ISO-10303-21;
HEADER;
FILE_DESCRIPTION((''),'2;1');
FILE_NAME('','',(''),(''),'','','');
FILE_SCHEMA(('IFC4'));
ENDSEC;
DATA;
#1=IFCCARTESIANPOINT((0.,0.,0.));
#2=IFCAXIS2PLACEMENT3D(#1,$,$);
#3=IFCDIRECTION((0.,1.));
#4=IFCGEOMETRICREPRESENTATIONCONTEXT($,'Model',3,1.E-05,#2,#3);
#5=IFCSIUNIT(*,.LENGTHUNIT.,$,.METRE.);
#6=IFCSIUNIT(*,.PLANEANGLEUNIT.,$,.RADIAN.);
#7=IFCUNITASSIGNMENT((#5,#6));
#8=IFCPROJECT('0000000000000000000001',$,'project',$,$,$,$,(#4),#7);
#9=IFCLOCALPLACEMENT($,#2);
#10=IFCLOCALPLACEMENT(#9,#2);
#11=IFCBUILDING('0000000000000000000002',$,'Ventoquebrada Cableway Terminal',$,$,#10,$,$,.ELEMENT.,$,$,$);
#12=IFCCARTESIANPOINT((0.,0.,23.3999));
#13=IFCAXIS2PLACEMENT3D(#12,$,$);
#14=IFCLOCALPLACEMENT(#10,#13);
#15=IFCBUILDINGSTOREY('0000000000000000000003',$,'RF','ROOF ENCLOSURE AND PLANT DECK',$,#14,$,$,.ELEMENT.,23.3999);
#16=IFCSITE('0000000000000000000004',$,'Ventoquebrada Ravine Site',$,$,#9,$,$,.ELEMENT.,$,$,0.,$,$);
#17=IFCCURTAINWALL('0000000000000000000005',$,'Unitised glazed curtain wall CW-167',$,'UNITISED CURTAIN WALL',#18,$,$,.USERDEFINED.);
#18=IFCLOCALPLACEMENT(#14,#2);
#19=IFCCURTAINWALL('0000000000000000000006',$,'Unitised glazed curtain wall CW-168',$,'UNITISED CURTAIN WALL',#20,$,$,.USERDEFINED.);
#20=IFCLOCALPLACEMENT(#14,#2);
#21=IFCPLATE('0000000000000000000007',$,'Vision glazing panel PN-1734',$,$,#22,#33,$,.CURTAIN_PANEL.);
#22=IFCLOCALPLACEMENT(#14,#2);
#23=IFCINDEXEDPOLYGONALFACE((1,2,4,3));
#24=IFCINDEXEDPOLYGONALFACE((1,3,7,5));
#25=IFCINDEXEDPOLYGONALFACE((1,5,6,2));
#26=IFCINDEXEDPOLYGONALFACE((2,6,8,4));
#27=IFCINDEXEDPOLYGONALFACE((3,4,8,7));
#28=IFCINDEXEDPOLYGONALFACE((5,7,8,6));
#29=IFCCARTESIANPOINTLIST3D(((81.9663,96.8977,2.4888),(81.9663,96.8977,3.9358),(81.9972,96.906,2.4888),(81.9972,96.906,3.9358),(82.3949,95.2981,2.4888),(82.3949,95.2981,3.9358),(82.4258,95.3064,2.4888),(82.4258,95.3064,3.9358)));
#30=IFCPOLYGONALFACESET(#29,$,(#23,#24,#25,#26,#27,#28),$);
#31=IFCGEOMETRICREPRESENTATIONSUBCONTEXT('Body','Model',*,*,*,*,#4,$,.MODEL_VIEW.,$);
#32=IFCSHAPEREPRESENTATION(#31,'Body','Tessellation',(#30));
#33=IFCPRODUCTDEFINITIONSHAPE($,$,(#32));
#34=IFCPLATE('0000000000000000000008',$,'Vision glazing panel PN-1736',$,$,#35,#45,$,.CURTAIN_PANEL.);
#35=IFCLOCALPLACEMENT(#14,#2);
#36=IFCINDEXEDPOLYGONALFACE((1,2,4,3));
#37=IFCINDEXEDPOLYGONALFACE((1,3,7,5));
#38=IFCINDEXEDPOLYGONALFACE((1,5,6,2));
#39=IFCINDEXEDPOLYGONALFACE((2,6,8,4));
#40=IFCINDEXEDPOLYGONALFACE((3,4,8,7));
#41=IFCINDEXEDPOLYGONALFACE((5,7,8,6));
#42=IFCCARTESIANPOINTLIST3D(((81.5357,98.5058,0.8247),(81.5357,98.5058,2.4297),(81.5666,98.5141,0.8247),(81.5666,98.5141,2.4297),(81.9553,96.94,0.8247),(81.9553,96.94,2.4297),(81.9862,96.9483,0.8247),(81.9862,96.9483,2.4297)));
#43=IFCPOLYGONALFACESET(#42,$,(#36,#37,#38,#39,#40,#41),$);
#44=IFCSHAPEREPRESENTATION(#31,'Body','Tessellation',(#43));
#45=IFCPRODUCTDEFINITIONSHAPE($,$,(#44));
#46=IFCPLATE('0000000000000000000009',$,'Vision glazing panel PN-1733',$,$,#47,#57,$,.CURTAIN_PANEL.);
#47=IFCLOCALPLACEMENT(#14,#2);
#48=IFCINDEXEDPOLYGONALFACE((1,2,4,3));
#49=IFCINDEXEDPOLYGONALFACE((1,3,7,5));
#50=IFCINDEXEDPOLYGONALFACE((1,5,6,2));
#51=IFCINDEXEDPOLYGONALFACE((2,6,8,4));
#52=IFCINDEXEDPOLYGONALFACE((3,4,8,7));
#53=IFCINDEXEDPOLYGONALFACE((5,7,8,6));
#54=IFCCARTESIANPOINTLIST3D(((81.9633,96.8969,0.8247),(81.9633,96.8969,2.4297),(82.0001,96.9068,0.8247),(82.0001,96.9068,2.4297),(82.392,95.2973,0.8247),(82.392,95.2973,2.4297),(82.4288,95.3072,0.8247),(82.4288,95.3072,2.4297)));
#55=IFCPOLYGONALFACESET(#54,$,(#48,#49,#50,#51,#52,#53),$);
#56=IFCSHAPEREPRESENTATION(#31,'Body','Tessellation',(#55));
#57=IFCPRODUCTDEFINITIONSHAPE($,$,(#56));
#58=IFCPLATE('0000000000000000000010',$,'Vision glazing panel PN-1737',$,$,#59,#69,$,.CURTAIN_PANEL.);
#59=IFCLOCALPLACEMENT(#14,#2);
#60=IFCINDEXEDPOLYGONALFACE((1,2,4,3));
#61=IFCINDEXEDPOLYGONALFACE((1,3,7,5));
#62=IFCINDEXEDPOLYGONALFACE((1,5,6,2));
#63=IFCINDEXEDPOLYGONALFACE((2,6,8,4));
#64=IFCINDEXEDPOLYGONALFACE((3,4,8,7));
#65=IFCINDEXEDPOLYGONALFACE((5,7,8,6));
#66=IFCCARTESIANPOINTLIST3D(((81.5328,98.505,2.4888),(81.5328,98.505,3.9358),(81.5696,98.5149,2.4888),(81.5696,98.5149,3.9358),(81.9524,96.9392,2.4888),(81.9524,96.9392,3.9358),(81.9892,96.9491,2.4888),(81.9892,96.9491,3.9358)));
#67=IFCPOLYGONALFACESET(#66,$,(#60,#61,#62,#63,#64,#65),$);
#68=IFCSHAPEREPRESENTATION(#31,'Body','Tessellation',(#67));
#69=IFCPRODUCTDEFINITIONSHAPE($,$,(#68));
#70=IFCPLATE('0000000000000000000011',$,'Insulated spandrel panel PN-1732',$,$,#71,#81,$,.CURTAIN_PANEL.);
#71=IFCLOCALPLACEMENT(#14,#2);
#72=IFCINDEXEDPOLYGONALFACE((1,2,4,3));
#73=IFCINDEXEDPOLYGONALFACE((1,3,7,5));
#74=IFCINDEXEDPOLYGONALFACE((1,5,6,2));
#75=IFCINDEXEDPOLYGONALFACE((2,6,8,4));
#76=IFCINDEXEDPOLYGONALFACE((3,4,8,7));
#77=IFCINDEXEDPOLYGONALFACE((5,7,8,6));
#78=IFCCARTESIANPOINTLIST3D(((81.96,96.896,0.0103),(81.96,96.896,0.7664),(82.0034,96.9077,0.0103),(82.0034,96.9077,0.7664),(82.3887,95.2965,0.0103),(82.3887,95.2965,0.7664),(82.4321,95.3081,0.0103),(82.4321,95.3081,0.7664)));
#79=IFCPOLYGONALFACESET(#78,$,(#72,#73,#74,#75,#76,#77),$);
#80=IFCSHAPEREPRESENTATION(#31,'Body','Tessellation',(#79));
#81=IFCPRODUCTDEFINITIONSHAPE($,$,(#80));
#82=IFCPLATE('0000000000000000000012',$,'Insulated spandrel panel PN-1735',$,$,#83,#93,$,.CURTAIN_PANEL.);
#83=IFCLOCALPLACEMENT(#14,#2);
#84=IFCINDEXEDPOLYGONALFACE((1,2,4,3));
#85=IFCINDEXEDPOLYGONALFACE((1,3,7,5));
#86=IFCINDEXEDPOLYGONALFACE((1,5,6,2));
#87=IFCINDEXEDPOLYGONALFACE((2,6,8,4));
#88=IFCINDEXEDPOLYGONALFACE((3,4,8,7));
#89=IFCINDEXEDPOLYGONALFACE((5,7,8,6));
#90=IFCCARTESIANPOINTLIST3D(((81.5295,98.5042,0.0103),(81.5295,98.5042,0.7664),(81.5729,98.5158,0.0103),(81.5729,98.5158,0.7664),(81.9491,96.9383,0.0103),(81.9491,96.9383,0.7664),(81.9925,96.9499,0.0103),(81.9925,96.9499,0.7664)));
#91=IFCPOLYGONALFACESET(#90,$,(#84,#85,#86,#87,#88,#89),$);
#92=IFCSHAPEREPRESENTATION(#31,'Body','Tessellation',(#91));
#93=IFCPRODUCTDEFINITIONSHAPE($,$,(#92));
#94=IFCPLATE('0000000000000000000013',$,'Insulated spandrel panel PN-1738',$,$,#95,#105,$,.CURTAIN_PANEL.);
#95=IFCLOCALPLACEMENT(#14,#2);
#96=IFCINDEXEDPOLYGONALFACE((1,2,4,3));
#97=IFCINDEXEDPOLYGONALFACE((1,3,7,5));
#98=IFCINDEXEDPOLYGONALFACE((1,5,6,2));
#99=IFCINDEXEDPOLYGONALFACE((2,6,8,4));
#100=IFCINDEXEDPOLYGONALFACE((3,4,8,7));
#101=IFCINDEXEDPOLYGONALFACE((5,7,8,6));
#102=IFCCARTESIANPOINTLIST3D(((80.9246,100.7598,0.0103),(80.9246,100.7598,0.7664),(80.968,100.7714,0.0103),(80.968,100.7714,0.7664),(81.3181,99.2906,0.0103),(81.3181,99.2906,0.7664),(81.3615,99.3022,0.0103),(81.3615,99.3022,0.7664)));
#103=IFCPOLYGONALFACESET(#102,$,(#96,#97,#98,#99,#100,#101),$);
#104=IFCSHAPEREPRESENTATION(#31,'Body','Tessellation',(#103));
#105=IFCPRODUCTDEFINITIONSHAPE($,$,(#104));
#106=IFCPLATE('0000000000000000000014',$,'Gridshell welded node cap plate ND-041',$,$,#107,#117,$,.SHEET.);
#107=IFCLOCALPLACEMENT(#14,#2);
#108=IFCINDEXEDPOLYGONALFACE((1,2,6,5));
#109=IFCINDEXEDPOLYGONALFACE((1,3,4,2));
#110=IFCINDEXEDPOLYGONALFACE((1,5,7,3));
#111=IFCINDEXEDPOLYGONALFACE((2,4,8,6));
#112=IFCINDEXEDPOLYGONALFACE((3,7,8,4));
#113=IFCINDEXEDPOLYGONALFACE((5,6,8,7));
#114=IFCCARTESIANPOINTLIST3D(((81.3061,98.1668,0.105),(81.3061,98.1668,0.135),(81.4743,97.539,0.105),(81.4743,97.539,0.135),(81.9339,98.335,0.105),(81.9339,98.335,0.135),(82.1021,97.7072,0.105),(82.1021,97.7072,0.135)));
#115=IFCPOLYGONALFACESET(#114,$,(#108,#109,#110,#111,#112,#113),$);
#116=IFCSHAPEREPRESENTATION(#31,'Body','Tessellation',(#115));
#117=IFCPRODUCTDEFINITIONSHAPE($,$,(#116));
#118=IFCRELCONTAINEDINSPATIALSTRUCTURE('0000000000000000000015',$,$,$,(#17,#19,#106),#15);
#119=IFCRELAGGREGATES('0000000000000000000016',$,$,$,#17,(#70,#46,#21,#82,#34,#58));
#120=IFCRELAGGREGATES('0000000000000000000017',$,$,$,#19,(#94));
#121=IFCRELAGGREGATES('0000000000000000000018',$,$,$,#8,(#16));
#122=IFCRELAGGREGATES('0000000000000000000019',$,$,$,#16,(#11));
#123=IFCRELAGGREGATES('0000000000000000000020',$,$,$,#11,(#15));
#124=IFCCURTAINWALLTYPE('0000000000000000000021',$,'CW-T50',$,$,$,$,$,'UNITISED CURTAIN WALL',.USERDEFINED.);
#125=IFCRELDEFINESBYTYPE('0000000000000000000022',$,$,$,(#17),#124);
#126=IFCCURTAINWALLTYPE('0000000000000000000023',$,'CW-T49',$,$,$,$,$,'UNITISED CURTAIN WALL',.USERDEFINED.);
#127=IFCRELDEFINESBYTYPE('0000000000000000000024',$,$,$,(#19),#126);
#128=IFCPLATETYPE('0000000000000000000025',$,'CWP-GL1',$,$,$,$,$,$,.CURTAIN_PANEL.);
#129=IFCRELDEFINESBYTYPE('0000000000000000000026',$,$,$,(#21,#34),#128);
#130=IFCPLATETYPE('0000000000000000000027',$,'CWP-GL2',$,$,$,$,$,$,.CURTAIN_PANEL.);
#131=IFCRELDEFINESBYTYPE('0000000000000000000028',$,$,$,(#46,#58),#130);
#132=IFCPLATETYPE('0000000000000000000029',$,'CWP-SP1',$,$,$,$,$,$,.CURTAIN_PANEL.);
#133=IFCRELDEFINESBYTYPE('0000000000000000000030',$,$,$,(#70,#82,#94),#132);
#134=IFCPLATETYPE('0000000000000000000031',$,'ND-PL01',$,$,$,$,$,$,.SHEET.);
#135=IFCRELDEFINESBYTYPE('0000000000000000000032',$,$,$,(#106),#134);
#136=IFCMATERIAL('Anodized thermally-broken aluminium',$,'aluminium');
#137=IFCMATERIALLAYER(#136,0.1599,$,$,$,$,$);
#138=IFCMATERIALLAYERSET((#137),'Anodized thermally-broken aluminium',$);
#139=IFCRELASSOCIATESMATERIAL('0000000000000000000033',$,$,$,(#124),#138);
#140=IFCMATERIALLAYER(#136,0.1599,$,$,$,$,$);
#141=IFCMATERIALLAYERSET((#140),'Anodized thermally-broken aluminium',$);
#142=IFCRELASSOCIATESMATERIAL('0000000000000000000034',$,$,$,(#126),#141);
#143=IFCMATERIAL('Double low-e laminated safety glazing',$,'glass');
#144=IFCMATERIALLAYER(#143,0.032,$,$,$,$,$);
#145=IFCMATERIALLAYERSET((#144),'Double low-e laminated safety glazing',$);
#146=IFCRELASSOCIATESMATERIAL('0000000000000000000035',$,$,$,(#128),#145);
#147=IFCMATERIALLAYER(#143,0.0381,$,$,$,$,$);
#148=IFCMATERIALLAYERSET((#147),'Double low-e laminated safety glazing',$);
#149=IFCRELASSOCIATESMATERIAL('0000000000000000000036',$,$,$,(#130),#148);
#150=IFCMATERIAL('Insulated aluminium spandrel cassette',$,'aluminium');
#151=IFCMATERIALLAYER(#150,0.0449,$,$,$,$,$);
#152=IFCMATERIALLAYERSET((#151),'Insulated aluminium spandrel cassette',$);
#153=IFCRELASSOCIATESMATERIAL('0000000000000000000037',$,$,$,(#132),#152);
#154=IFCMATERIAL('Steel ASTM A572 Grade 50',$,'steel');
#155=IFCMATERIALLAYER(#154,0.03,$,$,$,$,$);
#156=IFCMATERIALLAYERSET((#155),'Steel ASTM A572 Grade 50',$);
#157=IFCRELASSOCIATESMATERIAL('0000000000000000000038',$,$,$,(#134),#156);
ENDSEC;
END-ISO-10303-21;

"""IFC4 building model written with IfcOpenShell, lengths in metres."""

from ifc_helpers import new_model, si_unit, direction, frame, origin, origin_2d, place, context, subcontext, project, spatial, rectangle, extrude, material, layer, layer_set, type_object, element, aggregate, save


model = new_model("IFC4")

# Units and contexts
model_context = context("Model", 3, precision=1e-05, world=origin(), true_north=direction((0.0, 1.0)))
body_context = subcontext(model_context, "Body", "Model", "MODEL_VIEW")
ifc_project = project(units=[si_unit("LENGTHUNIT", "METRE"), si_unit("PLANEANGLEUNIT", "RADIAN")], contexts=[model_context])

# Site, building, storey
site_placement = place(None, origin())
site = spatial("IfcSite", under=ifc_project, at=site_placement, Name="Ventoquebrada Ravine Site", CompositionType="ELEMENT", RefElevation=0.0)
building_placement = place(site_placement, origin())
building = spatial("IfcBuilding", under=site, at=building_placement, Name="Ventoquebrada Cableway Terminal", CompositionType="ELEMENT")
storey_placement = place(building_placement, frame((0.0, 0.0, 23.3999)))
storey = spatial("IfcBuildingStorey", under=building, at=storey_placement, Name="RF", Description="ROOF ENCLOSURE AND PLANT DECK", CompositionType="ELEMENT", Elevation=23.3999)

# Curtain wall
ifc_material_1 = material(Name="Anodized thermally-broken aluminium", Category="aluminium")
ifc_layer_1 = layer(ifc_material_1, 0.1599)
ifc_layer_set_1 = layer_set([ifc_layer_1], Name="Anodized thermally-broken aluminium")
curtain_wall_type_1 = type_object("IfcCurtainWallType", Name="CW-T50", ElementType="UNITISED CURTAIN WALL", PredefinedType="USERDEFINED", material=ifc_layer_set_1)
curtain_wall_1_placement = place(storey_placement, origin())
curtain_wall_1 = element("IfcCurtainWall", 1, at=curtain_wall_1_placement, inside=storey, type_object=curtain_wall_type_1, Name="Unitised glazed curtain wall CW-167", ObjectType="UNITISED CURTAIN WALL", PredefinedType="USERDEFINED")

# Curtain wall
ifc_layer_2 = layer(ifc_material_1, 0.1599)
ifc_layer_set_2 = layer_set([ifc_layer_2], Name="Anodized thermally-broken aluminium")
curtain_wall_type_2 = type_object("IfcCurtainWallType", Name="CW-T49", ElementType="UNITISED CURTAIN WALL", PredefinedType="USERDEFINED", material=ifc_layer_set_2)
curtain_wall_2_placement = place(storey_placement, origin())
curtain_wall_2 = element("IfcCurtainWall", 2, at=curtain_wall_2_placement, inside=storey, type_object=curtain_wall_type_2, Name="Unitised glazed curtain wall CW-168", ObjectType="UNITISED CURTAIN WALL", PredefinedType="USERDEFINED")

# Plates
ifc_material_2 = material(Name="Double low-e laminated safety glazing", Category="glass")
ifc_layer_3 = layer(ifc_material_2, 0.032)
ifc_layer_set_3 = layer_set([ifc_layer_3], Name="Double low-e laminated safety glazing")
plate_type_1 = type_object("IfcPlateType", Name="CWP-GL1", PredefinedType="CURTAIN_PANEL", material=ifc_layer_set_3)
plate_1_placement = place(storey_placement, frame((82.196, 96.1021, 2.4888), z_axis=(0.0, 0.0, 1.0), x_axis=(-0.258836, 0.965921, 0.0)))
plate_1 = element("IfcPlate", 3, at=plate_1_placement, type_object=plate_type_1, Name="Vision glazing panel PN-1734", PredefinedType="CURTAIN_PANEL", context=body_context, shape_type="SweptSolid", body=[
    extrude(rectangle(XDim=1.656, YDim=0.032, at=origin_2d()), origin(), (0.0, 0.0, 1.0), 1.447),
])
plate_2_placement = place(storey_placement, frame((81.761, 97.7271, 0.8247), z_axis=(0.0, 0.0, 1.0), x_axis=(-0.258836, 0.965921, 0.0)))
plate_2 = element("IfcPlate", 4, at=plate_2_placement, type_object=plate_type_1, Name="Vision glazing panel PN-1736", PredefinedType="CURTAIN_PANEL", context=body_context, shape_type="SweptSolid", body=[
    extrude(rectangle(XDim=1.6211, YDim=0.032, at=origin_2d()), origin(), (0.0, 0.0, 1.0), 1.605),
])
ifc_layer_4 = layer(ifc_material_2, 0.0381)
ifc_layer_set_4 = layer_set([ifc_layer_4], Name="Double low-e laminated safety glazing")
plate_type_2 = type_object("IfcPlateType", Name="CWP-GL2", PredefinedType="CURTAIN_PANEL", material=ifc_layer_set_4)
plate_3_placement = place(storey_placement, frame((82.196, 96.1021, 0.8247), z_axis=(0.0, 0.0, 1.0), x_axis=(-0.258836, 0.965921, 0.0)))
plate_3 = element("IfcPlate", 5, at=plate_3_placement, type_object=plate_type_2, Name="Vision glazing panel PN-1733", PredefinedType="CURTAIN_PANEL", context=body_context, shape_type="SweptSolid", body=[
    extrude(rectangle(XDim=1.656, YDim=0.0381, at=origin_2d()), origin(), (0.0, 0.0, 1.0), 1.605),
])
plate_4_placement = place(storey_placement, frame((81.761, 97.7271, 2.4888), z_axis=(0.0, 0.0, 1.0), x_axis=(-0.258836, 0.965921, 0.0)))
plate_4 = element("IfcPlate", 6, at=plate_4_placement, type_object=plate_type_2, Name="Vision glazing panel PN-1737", PredefinedType="CURTAIN_PANEL", context=body_context, shape_type="SweptSolid", body=[
    extrude(rectangle(XDim=1.6211, YDim=0.0381, at=origin_2d()), origin(), (0.0, 0.0, 1.0), 1.447),
])
ifc_material_3 = material(Name="Insulated aluminium spandrel cassette", Category="aluminium")
ifc_layer_5 = layer(ifc_material_3, 0.0449)
ifc_layer_set_5 = layer_set([ifc_layer_5], Name="Insulated aluminium spandrel cassette")
plate_type_3 = type_object("IfcPlateType", Name="CWP-SP1", PredefinedType="CURTAIN_PANEL", material=ifc_layer_set_5)
plate_5_placement = place(storey_placement, frame((82.196, 96.1021, 0.0103), z_axis=(0.0, 0.0, 1.0), x_axis=(-0.258836, 0.965921, 0.0)))
plate_5 = element("IfcPlate", 7, at=plate_5_placement, type_object=plate_type_3, Name="Insulated spandrel panel PN-1732", PredefinedType="CURTAIN_PANEL", context=body_context, shape_type="SweptSolid", body=[
    extrude(rectangle(XDim=1.656, YDim=0.0449, at=origin_2d()), origin(), (0.0, 0.0, 1.0), 0.7561),
])
plate_6_placement = place(storey_placement, frame((81.761, 97.7271, 0.0103), z_axis=(0.0, 0.0, 1.0), x_axis=(-0.258836, 0.965921, 0.0)))
plate_6 = element("IfcPlate", 8, at=plate_6_placement, type_object=plate_type_3, Name="Insulated spandrel panel PN-1735", PredefinedType="CURTAIN_PANEL", context=body_context, shape_type="SweptSolid", body=[
    extrude(rectangle(XDim=1.6211, YDim=0.0449, at=origin_2d()), origin(), (0.0, 0.0, 1.0), 0.7561),
])
aggregate(curtain_wall_1, [plate_5, plate_3, plate_1, plate_6, plate_2, plate_4])
plate_7_placement = place(storey_placement, frame((81.1431, 100.031, 0.0103), z_axis=(0.0, 0.0, 1.0), x_axis=(-0.258718, 0.965953, 0.0)))
plate_7 = element("IfcPlate", 9, at=plate_7_placement, type_object=plate_type_3, Name="Insulated spandrel panel PN-1738", PredefinedType="CURTAIN_PANEL", context=body_context, shape_type="SweptSolid", body=[
    extrude(rectangle(XDim=1.521, YDim=0.0449, at=origin_2d()), origin(), (0.0, 0.0, 1.0), 0.7561),
])
aggregate(curtain_wall_2, [plate_7])
ifc_material_4 = material(Name="Steel ASTM A572 Grade 50", Category="steel")
ifc_layer_6 = layer(ifc_material_4, 0.03)
ifc_layer_set_6 = layer_set([ifc_layer_6], Name="Steel ASTM A572 Grade 50")
plate_type_4 = type_object("IfcPlateType", Name="ND-PL01", PredefinedType="SHEET", material=ifc_layer_set_6)
plate_8_placement = place(storey_placement, frame((81.7041, 97.937, 0.105), z_axis=(0.0, 0.0, 1.0), x_axis=(0.965926, 0.258819, 0.0)))
element("IfcPlate", 10, at=plate_8_placement, inside=storey, type_object=plate_type_4, Name="Gridshell welded node cap plate ND-041", PredefinedType="SHEET", context=body_context, shape_type="SweptSolid", body=[
    extrude(rectangle(XDim=0.6499, YDim=0.6499, at=origin_2d()), origin(), (0.0, 0.0, 1.0), 0.03),
])

save(model, "model.ifc")
